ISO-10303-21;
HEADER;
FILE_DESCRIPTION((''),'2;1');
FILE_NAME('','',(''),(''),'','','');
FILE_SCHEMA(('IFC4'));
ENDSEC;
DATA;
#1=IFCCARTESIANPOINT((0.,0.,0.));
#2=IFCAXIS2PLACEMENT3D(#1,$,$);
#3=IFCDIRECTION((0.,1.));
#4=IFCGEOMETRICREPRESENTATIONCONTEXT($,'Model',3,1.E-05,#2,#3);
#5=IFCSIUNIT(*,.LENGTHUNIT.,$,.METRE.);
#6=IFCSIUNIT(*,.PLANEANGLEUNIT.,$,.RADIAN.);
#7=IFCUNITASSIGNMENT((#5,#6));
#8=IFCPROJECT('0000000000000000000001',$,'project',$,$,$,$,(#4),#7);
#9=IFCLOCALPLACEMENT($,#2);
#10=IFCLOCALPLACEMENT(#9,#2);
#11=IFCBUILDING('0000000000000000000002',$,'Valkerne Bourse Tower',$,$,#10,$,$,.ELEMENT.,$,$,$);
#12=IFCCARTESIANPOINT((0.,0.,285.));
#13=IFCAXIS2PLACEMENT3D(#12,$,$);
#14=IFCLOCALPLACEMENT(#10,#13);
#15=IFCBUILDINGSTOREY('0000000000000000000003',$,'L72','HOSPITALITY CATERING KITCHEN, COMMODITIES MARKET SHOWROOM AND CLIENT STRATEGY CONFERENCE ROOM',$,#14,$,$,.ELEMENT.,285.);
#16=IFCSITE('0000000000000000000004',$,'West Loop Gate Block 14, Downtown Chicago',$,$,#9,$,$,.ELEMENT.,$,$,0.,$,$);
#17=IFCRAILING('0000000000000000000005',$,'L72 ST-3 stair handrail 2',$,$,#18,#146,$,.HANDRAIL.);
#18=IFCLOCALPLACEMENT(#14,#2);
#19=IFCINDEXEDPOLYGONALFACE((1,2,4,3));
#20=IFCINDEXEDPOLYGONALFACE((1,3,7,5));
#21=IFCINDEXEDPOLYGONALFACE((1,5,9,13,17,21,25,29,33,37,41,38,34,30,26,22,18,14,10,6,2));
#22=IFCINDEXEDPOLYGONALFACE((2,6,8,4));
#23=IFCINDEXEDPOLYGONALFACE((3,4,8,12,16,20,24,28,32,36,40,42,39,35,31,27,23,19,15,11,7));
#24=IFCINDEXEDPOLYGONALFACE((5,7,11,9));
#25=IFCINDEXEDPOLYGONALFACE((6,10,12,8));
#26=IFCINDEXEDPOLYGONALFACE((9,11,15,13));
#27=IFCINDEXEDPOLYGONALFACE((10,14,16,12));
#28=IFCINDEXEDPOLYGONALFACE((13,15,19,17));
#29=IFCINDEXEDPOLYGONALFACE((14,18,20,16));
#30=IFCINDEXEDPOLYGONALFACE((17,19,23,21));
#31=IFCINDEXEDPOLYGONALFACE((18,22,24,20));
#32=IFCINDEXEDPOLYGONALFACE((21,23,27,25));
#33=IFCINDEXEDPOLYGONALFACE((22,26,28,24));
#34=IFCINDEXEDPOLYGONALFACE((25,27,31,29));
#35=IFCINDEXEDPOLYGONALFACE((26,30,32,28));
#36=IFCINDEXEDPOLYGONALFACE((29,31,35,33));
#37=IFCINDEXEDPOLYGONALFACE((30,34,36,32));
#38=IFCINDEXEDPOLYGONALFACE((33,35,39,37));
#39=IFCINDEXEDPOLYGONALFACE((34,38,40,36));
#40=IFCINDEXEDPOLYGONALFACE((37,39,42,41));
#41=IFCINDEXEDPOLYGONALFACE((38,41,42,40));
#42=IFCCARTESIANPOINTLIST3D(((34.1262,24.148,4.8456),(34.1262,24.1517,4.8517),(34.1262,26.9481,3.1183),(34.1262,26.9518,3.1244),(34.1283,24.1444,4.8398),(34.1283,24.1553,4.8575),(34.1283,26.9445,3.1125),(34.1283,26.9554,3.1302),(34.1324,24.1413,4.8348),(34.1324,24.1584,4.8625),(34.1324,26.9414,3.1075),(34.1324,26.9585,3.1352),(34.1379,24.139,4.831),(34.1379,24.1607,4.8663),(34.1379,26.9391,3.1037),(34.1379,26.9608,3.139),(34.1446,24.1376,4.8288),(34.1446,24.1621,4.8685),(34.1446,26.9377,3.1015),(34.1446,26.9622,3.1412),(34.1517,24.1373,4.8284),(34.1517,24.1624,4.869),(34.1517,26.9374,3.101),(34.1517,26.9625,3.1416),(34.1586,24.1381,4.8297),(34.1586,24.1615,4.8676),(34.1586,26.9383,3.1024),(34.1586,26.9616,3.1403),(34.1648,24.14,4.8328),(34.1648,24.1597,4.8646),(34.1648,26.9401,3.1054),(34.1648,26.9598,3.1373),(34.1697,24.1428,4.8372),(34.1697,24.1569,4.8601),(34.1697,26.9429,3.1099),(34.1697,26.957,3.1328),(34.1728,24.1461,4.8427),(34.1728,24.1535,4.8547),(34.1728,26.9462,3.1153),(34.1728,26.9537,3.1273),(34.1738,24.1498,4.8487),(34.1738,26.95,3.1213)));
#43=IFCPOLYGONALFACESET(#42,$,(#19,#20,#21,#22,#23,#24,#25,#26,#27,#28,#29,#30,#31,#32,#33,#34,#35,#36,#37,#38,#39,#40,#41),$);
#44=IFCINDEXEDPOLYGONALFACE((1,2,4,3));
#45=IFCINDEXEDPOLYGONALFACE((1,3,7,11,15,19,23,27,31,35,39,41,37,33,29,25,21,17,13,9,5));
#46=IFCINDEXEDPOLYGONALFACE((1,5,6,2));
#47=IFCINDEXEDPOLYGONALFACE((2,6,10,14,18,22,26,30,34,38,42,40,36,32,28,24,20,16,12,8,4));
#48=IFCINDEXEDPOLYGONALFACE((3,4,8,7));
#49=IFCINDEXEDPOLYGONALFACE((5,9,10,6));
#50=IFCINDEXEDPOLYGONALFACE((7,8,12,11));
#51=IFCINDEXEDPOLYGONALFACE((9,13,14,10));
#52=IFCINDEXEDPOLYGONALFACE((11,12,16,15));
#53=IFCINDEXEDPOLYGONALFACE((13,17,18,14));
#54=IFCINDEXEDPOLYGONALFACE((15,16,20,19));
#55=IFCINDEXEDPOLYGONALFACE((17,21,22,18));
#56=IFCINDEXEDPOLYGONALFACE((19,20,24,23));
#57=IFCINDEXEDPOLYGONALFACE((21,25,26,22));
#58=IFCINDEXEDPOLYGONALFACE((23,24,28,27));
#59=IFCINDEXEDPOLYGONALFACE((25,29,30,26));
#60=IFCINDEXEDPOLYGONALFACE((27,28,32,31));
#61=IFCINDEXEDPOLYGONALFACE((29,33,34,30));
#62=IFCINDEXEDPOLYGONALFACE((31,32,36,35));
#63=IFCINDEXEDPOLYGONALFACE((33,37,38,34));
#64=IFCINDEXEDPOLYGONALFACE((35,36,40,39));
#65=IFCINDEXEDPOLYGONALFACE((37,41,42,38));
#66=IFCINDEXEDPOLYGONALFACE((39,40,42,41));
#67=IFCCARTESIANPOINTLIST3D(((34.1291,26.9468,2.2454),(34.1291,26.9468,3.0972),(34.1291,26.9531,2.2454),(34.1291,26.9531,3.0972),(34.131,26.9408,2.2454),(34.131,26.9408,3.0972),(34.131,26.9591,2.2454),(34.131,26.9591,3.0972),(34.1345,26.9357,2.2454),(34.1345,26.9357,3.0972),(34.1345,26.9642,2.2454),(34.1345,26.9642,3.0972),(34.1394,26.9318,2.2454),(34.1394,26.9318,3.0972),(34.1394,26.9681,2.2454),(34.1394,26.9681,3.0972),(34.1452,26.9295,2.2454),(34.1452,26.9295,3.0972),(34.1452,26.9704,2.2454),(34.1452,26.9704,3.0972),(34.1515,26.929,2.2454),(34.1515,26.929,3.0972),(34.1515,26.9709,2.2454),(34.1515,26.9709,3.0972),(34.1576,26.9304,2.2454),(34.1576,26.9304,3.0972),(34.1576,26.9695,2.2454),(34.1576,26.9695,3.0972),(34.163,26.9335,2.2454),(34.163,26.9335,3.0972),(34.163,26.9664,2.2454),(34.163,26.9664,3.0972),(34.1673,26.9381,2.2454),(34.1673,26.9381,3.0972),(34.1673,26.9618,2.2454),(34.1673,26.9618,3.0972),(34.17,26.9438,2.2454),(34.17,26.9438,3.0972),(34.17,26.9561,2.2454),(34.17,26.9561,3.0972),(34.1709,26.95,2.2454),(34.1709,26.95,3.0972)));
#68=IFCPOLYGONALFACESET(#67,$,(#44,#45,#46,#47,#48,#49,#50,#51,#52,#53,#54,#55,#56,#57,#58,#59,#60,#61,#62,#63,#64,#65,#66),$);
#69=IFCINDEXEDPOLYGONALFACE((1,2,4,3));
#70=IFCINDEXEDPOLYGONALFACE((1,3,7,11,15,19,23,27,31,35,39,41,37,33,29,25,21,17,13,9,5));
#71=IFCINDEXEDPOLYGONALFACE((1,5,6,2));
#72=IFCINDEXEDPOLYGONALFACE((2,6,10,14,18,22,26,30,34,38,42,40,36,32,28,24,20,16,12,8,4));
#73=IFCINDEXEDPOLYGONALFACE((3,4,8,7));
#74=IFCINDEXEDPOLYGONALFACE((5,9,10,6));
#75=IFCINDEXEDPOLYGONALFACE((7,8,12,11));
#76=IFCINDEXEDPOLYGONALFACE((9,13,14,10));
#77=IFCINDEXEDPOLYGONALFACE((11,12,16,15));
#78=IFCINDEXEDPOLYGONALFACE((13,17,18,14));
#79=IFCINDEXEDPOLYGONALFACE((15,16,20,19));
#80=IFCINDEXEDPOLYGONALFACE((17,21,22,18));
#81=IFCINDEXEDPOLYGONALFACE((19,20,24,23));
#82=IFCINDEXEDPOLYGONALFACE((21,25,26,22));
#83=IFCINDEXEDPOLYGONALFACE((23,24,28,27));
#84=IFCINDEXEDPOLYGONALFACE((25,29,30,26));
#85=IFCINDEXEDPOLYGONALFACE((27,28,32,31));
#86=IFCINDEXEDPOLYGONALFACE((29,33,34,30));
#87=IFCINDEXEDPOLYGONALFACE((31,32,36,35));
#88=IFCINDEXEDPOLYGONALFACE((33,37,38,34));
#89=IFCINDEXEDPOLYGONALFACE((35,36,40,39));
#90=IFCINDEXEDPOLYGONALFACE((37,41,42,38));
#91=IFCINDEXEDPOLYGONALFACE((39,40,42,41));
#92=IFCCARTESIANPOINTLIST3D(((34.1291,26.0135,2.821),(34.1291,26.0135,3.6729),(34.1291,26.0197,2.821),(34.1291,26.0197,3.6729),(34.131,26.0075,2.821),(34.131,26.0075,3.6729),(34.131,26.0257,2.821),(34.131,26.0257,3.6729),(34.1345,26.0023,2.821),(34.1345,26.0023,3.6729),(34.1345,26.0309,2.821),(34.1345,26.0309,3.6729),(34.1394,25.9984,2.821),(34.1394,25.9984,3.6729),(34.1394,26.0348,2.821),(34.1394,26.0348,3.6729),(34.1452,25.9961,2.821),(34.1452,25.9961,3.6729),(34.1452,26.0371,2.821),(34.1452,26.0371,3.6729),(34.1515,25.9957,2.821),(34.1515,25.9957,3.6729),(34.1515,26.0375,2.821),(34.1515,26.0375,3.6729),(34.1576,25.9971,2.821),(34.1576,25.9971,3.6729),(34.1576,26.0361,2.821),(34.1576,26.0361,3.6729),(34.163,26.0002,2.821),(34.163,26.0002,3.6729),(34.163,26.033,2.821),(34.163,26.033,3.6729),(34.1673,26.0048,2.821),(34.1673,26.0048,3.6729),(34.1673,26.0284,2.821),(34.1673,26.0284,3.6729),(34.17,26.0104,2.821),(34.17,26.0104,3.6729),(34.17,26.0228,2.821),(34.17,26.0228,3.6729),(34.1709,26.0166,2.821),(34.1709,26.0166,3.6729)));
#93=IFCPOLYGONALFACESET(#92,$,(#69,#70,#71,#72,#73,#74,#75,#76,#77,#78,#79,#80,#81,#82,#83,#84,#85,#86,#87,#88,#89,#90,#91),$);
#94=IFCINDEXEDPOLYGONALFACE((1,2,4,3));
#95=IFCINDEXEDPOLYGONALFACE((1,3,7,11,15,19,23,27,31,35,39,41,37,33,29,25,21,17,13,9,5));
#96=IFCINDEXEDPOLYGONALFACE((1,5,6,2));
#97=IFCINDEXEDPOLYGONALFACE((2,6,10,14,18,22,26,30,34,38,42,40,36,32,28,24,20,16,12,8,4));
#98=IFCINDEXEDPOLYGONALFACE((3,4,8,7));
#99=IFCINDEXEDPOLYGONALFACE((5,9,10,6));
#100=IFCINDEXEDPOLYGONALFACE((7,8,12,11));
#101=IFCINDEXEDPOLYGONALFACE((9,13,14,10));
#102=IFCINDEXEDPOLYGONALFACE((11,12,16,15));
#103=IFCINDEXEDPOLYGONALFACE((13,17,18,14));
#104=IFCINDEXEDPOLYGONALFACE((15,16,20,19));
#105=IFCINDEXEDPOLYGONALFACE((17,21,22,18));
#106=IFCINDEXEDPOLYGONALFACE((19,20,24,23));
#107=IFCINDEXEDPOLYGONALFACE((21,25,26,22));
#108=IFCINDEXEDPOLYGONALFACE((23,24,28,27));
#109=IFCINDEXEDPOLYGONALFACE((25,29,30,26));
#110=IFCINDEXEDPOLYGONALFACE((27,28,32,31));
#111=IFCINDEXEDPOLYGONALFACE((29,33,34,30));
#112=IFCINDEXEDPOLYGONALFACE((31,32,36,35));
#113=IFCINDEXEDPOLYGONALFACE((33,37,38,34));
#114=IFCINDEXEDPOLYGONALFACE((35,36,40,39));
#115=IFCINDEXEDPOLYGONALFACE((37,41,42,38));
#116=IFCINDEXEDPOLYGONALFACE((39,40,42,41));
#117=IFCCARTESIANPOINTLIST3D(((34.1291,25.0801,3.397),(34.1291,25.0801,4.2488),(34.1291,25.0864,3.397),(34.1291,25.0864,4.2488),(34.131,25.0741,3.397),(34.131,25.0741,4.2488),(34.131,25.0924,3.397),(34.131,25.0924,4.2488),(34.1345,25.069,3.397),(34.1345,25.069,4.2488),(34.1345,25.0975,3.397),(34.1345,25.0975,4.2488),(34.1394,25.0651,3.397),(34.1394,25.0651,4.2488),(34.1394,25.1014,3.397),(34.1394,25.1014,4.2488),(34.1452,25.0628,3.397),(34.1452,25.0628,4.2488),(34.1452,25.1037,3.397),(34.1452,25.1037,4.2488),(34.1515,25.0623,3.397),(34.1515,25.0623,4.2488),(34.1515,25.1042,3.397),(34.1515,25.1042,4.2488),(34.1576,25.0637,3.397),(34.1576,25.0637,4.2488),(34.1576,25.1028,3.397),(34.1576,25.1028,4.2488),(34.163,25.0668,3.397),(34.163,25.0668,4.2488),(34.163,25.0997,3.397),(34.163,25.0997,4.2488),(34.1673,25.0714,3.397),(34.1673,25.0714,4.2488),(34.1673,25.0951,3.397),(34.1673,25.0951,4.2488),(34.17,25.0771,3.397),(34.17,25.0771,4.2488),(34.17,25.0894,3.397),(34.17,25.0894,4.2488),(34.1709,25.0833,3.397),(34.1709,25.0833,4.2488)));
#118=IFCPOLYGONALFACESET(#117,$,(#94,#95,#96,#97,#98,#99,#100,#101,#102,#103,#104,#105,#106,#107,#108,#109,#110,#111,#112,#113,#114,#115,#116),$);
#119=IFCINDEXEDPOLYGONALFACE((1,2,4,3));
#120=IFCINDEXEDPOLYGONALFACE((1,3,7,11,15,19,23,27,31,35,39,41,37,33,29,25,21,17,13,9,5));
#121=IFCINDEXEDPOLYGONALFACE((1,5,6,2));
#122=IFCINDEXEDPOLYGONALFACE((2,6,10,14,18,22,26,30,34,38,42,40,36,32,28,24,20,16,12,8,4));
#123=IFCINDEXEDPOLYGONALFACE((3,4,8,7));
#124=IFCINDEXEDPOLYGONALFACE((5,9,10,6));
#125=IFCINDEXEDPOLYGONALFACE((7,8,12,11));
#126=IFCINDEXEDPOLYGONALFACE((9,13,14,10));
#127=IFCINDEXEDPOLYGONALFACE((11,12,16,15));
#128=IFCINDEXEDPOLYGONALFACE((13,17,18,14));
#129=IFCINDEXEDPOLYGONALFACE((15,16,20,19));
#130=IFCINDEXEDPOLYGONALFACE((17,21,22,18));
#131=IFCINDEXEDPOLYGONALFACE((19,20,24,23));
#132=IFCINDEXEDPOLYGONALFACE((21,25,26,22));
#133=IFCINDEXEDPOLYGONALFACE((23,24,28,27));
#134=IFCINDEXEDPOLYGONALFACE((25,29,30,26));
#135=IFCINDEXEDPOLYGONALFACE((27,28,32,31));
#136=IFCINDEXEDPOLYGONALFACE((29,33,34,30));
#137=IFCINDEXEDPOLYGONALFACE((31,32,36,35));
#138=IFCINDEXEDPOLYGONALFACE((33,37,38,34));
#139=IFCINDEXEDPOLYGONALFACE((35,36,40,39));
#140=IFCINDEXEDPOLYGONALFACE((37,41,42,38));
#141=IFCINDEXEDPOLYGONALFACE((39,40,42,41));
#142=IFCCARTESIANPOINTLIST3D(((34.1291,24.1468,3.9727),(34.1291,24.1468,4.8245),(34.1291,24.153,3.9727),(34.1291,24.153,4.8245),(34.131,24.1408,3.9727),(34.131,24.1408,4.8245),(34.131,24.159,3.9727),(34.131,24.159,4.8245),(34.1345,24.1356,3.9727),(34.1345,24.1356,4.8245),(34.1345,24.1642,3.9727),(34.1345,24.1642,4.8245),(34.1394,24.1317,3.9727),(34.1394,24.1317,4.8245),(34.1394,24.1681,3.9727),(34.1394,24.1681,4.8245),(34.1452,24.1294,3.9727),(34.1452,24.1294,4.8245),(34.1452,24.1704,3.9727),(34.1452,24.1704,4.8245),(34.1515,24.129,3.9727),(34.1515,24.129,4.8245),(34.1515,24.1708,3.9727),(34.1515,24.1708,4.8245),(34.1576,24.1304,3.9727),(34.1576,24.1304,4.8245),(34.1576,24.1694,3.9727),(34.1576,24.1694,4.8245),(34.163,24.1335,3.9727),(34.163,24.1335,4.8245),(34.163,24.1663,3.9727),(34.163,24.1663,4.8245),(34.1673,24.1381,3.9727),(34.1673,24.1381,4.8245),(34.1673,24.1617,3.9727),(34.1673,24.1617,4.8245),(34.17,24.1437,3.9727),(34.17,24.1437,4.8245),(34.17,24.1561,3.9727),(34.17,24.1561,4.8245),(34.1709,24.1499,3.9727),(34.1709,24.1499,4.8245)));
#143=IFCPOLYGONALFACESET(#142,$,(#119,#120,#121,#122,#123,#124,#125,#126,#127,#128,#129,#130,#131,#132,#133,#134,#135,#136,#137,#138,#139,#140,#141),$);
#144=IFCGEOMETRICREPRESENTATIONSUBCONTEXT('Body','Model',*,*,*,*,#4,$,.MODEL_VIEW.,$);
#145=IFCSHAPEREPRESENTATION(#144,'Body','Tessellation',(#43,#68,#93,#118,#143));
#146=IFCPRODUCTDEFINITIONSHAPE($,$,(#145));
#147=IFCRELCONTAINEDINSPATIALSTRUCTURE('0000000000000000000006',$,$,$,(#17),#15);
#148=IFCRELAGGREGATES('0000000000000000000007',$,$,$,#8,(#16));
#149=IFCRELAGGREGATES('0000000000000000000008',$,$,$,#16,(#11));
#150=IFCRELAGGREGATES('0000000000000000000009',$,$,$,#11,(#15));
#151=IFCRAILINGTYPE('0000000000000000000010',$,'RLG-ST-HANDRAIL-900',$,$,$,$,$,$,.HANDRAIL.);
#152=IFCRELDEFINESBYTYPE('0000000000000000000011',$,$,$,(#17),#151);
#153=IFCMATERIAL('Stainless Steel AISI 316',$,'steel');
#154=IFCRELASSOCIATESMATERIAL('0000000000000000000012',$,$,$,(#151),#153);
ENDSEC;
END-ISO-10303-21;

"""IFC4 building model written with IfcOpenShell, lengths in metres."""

from ifc_helpers import new_model, si_unit, direction, frame, origin, origin_2d, place, context, subcontext, project, spatial, circle, extrude, material, type_object, element, save


model = new_model("IFC4")

# Units and contexts
model_context = context("Model", 3, precision=1e-05, world=origin(), true_north=direction((0.0, 1.0)))
body_context = subcontext(model_context, "Body", "Model", "MODEL_VIEW")
ifc_project = project(units=[si_unit("LENGTHUNIT", "METRE"), si_unit("PLANEANGLEUNIT", "RADIAN")], contexts=[model_context])

# Site, building, storey
site_placement = place(None, origin())
site = spatial("IfcSite", under=ifc_project, at=site_placement, Name="West Loop Gate Block 14, Downtown Chicago", CompositionType="ELEMENT", RefElevation=0.0)
building_placement = place(site_placement, origin())
building = spatial("IfcBuilding", under=site, at=building_placement, Name="Valkerne Bourse Tower", CompositionType="ELEMENT")
storey_placement = place(building_placement, frame((0.0, 0.0, 285.0)))
storey = spatial("IfcBuildingStorey", under=building, at=storey_placement, Name="L72", Description="HOSPITALITY CATERING KITCHEN, COMMODITIES MARKET SHOWROOM AND CLIENT STRATEGY CONFERENCE ROOM", CompositionType="ELEMENT", Elevation=285.0)

# Railing
ifc_material_1 = material(Name="Stainless Steel AISI 316", Category="steel")
railing_type_1 = type_object("IfcRailingType", Name="RLG-ST-HANDRAIL-900", PredefinedType="HANDRAIL", material=ifc_material_1)
railing_1_placement = place(storey_placement, frame((34.1499, 26.95, 2.2454)))
element("IfcRailing", 1, at=railing_1_placement, inside=storey, type_object=railing_type_1, Name="L72 ST-3 stair handrail 2", PredefinedType="HANDRAIL", context=body_context, shape_type="SweptSolid", body=[
    extrude(circle(Radius=0.0239, at=origin_2d()), frame((0.0, 0.0, 0.876), z_axis=(0.0, -0.85109, 0.52502), x_axis=(1.0, 0.0, 0.0)), (0.0, 0.0, 1.0), 3.29),
    extrude(circle(Radius=0.021, at=origin_2d()), origin(), (0.0, 0.0, 1.0), 0.8518),
    extrude(circle(Radius=0.021, at=origin_2d()), frame((0.0, -0.9333, 0.5757)), (0.0, 0.0, 1.0), 0.8518),
    extrude(circle(Radius=0.021, at=origin_2d()), frame((0.0, -1.8667, 1.1516)), (0.0, 0.0, 1.0), 0.8518),
    extrude(circle(Radius=0.021, at=origin_2d()), frame((0.0, -2.8, 1.7273)), (0.0, 0.0, 1.0), 0.8518),
])

save(model, "model.ifc")
